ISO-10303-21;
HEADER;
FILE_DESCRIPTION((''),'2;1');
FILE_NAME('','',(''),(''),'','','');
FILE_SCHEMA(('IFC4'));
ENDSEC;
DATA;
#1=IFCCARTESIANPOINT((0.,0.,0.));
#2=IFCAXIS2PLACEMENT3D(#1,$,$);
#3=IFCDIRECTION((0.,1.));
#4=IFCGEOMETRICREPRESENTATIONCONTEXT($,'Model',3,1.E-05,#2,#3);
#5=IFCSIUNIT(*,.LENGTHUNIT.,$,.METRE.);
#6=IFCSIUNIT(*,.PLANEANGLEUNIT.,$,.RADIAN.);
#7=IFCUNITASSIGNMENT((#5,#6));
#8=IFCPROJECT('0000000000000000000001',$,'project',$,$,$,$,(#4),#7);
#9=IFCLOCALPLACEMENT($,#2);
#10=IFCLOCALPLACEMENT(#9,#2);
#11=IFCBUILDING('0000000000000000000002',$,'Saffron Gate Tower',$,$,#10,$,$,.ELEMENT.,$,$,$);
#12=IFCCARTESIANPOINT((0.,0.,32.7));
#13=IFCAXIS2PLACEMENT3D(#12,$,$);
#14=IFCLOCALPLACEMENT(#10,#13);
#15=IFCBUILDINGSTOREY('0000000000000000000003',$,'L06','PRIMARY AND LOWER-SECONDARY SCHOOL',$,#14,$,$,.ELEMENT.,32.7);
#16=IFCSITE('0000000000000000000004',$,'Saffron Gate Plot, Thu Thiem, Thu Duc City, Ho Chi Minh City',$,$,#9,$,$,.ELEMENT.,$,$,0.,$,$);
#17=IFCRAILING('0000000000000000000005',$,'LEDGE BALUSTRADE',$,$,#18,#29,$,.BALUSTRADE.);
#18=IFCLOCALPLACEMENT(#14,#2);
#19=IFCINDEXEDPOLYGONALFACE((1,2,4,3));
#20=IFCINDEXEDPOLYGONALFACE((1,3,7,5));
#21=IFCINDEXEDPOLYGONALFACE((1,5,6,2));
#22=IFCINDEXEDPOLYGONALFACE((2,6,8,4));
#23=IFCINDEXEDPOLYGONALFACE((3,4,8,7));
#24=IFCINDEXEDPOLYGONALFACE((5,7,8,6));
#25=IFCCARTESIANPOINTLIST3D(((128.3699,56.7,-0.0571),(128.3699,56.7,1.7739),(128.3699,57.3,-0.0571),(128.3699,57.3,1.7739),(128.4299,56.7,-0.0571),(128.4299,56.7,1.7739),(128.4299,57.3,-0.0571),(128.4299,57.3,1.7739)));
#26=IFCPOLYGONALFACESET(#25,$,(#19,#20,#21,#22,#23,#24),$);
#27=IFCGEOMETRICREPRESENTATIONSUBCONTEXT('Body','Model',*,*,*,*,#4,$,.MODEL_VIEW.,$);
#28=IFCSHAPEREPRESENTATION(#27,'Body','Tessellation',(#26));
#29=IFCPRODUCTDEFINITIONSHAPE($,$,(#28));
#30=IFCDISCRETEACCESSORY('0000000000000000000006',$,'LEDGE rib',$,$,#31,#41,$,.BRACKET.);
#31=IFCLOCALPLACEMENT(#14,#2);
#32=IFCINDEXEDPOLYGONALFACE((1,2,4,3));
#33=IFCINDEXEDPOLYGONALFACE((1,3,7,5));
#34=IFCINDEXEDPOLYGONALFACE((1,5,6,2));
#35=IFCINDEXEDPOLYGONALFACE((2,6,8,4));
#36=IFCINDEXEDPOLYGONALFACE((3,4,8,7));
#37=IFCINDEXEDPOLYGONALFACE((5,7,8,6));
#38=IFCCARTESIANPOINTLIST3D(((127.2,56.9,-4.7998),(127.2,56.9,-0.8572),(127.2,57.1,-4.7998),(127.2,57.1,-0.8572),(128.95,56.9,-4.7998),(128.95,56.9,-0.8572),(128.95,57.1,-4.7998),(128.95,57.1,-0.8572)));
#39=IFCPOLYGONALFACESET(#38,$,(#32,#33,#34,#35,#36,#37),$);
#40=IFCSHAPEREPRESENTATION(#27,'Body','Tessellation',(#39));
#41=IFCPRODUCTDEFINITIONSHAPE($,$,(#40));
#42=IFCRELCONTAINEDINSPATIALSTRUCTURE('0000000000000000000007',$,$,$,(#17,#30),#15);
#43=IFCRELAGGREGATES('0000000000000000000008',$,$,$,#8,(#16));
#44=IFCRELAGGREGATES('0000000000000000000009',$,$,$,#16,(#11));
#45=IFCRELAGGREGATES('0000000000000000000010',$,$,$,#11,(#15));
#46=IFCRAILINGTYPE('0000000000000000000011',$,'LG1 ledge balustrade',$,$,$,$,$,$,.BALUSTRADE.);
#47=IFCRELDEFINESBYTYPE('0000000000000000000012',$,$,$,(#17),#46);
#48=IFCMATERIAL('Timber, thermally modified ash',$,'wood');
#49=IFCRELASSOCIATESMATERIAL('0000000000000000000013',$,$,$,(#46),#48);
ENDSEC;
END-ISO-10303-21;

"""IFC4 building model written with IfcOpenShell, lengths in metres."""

from ifc_helpers import new_model, si_unit, direction, frame, origin, origin_2d, place, context, subcontext, project, spatial, rectangle, extrude, material, type_object, element, save


model = new_model("IFC4")

# Units and contexts
model_context = context("Model", 3, precision=1e-05, world=origin(), true_north=direction((0.0, 1.0)))
body_context = subcontext(model_context, "Body", "Model", "MODEL_VIEW")
ifc_project = project(units=[si_unit("LENGTHUNIT", "METRE"), si_unit("PLANEANGLEUNIT", "RADIAN")], contexts=[model_context])

# Site, building, storey
site_placement = place(None, origin())
site = spatial("IfcSite", under=ifc_project, at=site_placement, Name="Saffron Gate Plot, Thu Thiem, Thu Duc City, Ho Chi Minh City", CompositionType="ELEMENT", RefElevation=0.0)
building_placement = place(site_placement, origin())
building = spatial("IfcBuilding", under=site, at=building_placement, Name="Saffron Gate Tower", CompositionType="ELEMENT")
storey_placement = place(building_placement, frame((0.0, 0.0, 32.7)))
storey = spatial("IfcBuildingStorey", under=building, at=storey_placement, Name="L06", Description="PRIMARY AND LOWER-SECONDARY SCHOOL", CompositionType="ELEMENT", Elevation=32.7)

# Shared definitions
ifc_material_1 = material(Name="Timber, thermally modified ash", Category="wood")

# Railing
railing_type = type_object("IfcRailingType", Name="LG1 ledge balustrade", PredefinedType="BALUSTRADE", material=ifc_material_1)
railing_1_placement = place(storey_placement, frame((128.3999, 56.7, -0.0571)))
element("IfcRailing", 1, at=railing_1_placement, inside=storey, type_object=railing_type, Name="LEDGE BALUSTRADE", PredefinedType="BALUSTRADE", context=body_context, shape_type="SweptSolid", body=[
    extrude(rectangle(XDim=0.0601, YDim=1.8311, at=origin_2d()), frame((0.0, 0.0, 0.9155), z_axis=(0.0, 1.0, 0.0), x_axis=(-1.0, 0.0, 0.0)), (0.0, 0.0, 1.0), 0.6001),
])

# Discrete accessory
discrete_accessory_placement = place(storey_placement, frame((128.075, 57.0, -4.7998), z_axis=(0.0, 0.0, 1.0), x_axis=(0.0, 1.0, 0.0)))
element("IfcDiscreteAccessory", 2, at=discrete_accessory_placement, inside=storey, Name="LEDGE rib", PredefinedType="BRACKET", context=body_context, shape_type="SweptSolid", body=[
    extrude(rectangle(XDim=0.2, YDim=1.75, at=origin_2d()), origin(), (0.0, 0.0, 1.0), 3.9426),
])

save(model, "model.ifc")
